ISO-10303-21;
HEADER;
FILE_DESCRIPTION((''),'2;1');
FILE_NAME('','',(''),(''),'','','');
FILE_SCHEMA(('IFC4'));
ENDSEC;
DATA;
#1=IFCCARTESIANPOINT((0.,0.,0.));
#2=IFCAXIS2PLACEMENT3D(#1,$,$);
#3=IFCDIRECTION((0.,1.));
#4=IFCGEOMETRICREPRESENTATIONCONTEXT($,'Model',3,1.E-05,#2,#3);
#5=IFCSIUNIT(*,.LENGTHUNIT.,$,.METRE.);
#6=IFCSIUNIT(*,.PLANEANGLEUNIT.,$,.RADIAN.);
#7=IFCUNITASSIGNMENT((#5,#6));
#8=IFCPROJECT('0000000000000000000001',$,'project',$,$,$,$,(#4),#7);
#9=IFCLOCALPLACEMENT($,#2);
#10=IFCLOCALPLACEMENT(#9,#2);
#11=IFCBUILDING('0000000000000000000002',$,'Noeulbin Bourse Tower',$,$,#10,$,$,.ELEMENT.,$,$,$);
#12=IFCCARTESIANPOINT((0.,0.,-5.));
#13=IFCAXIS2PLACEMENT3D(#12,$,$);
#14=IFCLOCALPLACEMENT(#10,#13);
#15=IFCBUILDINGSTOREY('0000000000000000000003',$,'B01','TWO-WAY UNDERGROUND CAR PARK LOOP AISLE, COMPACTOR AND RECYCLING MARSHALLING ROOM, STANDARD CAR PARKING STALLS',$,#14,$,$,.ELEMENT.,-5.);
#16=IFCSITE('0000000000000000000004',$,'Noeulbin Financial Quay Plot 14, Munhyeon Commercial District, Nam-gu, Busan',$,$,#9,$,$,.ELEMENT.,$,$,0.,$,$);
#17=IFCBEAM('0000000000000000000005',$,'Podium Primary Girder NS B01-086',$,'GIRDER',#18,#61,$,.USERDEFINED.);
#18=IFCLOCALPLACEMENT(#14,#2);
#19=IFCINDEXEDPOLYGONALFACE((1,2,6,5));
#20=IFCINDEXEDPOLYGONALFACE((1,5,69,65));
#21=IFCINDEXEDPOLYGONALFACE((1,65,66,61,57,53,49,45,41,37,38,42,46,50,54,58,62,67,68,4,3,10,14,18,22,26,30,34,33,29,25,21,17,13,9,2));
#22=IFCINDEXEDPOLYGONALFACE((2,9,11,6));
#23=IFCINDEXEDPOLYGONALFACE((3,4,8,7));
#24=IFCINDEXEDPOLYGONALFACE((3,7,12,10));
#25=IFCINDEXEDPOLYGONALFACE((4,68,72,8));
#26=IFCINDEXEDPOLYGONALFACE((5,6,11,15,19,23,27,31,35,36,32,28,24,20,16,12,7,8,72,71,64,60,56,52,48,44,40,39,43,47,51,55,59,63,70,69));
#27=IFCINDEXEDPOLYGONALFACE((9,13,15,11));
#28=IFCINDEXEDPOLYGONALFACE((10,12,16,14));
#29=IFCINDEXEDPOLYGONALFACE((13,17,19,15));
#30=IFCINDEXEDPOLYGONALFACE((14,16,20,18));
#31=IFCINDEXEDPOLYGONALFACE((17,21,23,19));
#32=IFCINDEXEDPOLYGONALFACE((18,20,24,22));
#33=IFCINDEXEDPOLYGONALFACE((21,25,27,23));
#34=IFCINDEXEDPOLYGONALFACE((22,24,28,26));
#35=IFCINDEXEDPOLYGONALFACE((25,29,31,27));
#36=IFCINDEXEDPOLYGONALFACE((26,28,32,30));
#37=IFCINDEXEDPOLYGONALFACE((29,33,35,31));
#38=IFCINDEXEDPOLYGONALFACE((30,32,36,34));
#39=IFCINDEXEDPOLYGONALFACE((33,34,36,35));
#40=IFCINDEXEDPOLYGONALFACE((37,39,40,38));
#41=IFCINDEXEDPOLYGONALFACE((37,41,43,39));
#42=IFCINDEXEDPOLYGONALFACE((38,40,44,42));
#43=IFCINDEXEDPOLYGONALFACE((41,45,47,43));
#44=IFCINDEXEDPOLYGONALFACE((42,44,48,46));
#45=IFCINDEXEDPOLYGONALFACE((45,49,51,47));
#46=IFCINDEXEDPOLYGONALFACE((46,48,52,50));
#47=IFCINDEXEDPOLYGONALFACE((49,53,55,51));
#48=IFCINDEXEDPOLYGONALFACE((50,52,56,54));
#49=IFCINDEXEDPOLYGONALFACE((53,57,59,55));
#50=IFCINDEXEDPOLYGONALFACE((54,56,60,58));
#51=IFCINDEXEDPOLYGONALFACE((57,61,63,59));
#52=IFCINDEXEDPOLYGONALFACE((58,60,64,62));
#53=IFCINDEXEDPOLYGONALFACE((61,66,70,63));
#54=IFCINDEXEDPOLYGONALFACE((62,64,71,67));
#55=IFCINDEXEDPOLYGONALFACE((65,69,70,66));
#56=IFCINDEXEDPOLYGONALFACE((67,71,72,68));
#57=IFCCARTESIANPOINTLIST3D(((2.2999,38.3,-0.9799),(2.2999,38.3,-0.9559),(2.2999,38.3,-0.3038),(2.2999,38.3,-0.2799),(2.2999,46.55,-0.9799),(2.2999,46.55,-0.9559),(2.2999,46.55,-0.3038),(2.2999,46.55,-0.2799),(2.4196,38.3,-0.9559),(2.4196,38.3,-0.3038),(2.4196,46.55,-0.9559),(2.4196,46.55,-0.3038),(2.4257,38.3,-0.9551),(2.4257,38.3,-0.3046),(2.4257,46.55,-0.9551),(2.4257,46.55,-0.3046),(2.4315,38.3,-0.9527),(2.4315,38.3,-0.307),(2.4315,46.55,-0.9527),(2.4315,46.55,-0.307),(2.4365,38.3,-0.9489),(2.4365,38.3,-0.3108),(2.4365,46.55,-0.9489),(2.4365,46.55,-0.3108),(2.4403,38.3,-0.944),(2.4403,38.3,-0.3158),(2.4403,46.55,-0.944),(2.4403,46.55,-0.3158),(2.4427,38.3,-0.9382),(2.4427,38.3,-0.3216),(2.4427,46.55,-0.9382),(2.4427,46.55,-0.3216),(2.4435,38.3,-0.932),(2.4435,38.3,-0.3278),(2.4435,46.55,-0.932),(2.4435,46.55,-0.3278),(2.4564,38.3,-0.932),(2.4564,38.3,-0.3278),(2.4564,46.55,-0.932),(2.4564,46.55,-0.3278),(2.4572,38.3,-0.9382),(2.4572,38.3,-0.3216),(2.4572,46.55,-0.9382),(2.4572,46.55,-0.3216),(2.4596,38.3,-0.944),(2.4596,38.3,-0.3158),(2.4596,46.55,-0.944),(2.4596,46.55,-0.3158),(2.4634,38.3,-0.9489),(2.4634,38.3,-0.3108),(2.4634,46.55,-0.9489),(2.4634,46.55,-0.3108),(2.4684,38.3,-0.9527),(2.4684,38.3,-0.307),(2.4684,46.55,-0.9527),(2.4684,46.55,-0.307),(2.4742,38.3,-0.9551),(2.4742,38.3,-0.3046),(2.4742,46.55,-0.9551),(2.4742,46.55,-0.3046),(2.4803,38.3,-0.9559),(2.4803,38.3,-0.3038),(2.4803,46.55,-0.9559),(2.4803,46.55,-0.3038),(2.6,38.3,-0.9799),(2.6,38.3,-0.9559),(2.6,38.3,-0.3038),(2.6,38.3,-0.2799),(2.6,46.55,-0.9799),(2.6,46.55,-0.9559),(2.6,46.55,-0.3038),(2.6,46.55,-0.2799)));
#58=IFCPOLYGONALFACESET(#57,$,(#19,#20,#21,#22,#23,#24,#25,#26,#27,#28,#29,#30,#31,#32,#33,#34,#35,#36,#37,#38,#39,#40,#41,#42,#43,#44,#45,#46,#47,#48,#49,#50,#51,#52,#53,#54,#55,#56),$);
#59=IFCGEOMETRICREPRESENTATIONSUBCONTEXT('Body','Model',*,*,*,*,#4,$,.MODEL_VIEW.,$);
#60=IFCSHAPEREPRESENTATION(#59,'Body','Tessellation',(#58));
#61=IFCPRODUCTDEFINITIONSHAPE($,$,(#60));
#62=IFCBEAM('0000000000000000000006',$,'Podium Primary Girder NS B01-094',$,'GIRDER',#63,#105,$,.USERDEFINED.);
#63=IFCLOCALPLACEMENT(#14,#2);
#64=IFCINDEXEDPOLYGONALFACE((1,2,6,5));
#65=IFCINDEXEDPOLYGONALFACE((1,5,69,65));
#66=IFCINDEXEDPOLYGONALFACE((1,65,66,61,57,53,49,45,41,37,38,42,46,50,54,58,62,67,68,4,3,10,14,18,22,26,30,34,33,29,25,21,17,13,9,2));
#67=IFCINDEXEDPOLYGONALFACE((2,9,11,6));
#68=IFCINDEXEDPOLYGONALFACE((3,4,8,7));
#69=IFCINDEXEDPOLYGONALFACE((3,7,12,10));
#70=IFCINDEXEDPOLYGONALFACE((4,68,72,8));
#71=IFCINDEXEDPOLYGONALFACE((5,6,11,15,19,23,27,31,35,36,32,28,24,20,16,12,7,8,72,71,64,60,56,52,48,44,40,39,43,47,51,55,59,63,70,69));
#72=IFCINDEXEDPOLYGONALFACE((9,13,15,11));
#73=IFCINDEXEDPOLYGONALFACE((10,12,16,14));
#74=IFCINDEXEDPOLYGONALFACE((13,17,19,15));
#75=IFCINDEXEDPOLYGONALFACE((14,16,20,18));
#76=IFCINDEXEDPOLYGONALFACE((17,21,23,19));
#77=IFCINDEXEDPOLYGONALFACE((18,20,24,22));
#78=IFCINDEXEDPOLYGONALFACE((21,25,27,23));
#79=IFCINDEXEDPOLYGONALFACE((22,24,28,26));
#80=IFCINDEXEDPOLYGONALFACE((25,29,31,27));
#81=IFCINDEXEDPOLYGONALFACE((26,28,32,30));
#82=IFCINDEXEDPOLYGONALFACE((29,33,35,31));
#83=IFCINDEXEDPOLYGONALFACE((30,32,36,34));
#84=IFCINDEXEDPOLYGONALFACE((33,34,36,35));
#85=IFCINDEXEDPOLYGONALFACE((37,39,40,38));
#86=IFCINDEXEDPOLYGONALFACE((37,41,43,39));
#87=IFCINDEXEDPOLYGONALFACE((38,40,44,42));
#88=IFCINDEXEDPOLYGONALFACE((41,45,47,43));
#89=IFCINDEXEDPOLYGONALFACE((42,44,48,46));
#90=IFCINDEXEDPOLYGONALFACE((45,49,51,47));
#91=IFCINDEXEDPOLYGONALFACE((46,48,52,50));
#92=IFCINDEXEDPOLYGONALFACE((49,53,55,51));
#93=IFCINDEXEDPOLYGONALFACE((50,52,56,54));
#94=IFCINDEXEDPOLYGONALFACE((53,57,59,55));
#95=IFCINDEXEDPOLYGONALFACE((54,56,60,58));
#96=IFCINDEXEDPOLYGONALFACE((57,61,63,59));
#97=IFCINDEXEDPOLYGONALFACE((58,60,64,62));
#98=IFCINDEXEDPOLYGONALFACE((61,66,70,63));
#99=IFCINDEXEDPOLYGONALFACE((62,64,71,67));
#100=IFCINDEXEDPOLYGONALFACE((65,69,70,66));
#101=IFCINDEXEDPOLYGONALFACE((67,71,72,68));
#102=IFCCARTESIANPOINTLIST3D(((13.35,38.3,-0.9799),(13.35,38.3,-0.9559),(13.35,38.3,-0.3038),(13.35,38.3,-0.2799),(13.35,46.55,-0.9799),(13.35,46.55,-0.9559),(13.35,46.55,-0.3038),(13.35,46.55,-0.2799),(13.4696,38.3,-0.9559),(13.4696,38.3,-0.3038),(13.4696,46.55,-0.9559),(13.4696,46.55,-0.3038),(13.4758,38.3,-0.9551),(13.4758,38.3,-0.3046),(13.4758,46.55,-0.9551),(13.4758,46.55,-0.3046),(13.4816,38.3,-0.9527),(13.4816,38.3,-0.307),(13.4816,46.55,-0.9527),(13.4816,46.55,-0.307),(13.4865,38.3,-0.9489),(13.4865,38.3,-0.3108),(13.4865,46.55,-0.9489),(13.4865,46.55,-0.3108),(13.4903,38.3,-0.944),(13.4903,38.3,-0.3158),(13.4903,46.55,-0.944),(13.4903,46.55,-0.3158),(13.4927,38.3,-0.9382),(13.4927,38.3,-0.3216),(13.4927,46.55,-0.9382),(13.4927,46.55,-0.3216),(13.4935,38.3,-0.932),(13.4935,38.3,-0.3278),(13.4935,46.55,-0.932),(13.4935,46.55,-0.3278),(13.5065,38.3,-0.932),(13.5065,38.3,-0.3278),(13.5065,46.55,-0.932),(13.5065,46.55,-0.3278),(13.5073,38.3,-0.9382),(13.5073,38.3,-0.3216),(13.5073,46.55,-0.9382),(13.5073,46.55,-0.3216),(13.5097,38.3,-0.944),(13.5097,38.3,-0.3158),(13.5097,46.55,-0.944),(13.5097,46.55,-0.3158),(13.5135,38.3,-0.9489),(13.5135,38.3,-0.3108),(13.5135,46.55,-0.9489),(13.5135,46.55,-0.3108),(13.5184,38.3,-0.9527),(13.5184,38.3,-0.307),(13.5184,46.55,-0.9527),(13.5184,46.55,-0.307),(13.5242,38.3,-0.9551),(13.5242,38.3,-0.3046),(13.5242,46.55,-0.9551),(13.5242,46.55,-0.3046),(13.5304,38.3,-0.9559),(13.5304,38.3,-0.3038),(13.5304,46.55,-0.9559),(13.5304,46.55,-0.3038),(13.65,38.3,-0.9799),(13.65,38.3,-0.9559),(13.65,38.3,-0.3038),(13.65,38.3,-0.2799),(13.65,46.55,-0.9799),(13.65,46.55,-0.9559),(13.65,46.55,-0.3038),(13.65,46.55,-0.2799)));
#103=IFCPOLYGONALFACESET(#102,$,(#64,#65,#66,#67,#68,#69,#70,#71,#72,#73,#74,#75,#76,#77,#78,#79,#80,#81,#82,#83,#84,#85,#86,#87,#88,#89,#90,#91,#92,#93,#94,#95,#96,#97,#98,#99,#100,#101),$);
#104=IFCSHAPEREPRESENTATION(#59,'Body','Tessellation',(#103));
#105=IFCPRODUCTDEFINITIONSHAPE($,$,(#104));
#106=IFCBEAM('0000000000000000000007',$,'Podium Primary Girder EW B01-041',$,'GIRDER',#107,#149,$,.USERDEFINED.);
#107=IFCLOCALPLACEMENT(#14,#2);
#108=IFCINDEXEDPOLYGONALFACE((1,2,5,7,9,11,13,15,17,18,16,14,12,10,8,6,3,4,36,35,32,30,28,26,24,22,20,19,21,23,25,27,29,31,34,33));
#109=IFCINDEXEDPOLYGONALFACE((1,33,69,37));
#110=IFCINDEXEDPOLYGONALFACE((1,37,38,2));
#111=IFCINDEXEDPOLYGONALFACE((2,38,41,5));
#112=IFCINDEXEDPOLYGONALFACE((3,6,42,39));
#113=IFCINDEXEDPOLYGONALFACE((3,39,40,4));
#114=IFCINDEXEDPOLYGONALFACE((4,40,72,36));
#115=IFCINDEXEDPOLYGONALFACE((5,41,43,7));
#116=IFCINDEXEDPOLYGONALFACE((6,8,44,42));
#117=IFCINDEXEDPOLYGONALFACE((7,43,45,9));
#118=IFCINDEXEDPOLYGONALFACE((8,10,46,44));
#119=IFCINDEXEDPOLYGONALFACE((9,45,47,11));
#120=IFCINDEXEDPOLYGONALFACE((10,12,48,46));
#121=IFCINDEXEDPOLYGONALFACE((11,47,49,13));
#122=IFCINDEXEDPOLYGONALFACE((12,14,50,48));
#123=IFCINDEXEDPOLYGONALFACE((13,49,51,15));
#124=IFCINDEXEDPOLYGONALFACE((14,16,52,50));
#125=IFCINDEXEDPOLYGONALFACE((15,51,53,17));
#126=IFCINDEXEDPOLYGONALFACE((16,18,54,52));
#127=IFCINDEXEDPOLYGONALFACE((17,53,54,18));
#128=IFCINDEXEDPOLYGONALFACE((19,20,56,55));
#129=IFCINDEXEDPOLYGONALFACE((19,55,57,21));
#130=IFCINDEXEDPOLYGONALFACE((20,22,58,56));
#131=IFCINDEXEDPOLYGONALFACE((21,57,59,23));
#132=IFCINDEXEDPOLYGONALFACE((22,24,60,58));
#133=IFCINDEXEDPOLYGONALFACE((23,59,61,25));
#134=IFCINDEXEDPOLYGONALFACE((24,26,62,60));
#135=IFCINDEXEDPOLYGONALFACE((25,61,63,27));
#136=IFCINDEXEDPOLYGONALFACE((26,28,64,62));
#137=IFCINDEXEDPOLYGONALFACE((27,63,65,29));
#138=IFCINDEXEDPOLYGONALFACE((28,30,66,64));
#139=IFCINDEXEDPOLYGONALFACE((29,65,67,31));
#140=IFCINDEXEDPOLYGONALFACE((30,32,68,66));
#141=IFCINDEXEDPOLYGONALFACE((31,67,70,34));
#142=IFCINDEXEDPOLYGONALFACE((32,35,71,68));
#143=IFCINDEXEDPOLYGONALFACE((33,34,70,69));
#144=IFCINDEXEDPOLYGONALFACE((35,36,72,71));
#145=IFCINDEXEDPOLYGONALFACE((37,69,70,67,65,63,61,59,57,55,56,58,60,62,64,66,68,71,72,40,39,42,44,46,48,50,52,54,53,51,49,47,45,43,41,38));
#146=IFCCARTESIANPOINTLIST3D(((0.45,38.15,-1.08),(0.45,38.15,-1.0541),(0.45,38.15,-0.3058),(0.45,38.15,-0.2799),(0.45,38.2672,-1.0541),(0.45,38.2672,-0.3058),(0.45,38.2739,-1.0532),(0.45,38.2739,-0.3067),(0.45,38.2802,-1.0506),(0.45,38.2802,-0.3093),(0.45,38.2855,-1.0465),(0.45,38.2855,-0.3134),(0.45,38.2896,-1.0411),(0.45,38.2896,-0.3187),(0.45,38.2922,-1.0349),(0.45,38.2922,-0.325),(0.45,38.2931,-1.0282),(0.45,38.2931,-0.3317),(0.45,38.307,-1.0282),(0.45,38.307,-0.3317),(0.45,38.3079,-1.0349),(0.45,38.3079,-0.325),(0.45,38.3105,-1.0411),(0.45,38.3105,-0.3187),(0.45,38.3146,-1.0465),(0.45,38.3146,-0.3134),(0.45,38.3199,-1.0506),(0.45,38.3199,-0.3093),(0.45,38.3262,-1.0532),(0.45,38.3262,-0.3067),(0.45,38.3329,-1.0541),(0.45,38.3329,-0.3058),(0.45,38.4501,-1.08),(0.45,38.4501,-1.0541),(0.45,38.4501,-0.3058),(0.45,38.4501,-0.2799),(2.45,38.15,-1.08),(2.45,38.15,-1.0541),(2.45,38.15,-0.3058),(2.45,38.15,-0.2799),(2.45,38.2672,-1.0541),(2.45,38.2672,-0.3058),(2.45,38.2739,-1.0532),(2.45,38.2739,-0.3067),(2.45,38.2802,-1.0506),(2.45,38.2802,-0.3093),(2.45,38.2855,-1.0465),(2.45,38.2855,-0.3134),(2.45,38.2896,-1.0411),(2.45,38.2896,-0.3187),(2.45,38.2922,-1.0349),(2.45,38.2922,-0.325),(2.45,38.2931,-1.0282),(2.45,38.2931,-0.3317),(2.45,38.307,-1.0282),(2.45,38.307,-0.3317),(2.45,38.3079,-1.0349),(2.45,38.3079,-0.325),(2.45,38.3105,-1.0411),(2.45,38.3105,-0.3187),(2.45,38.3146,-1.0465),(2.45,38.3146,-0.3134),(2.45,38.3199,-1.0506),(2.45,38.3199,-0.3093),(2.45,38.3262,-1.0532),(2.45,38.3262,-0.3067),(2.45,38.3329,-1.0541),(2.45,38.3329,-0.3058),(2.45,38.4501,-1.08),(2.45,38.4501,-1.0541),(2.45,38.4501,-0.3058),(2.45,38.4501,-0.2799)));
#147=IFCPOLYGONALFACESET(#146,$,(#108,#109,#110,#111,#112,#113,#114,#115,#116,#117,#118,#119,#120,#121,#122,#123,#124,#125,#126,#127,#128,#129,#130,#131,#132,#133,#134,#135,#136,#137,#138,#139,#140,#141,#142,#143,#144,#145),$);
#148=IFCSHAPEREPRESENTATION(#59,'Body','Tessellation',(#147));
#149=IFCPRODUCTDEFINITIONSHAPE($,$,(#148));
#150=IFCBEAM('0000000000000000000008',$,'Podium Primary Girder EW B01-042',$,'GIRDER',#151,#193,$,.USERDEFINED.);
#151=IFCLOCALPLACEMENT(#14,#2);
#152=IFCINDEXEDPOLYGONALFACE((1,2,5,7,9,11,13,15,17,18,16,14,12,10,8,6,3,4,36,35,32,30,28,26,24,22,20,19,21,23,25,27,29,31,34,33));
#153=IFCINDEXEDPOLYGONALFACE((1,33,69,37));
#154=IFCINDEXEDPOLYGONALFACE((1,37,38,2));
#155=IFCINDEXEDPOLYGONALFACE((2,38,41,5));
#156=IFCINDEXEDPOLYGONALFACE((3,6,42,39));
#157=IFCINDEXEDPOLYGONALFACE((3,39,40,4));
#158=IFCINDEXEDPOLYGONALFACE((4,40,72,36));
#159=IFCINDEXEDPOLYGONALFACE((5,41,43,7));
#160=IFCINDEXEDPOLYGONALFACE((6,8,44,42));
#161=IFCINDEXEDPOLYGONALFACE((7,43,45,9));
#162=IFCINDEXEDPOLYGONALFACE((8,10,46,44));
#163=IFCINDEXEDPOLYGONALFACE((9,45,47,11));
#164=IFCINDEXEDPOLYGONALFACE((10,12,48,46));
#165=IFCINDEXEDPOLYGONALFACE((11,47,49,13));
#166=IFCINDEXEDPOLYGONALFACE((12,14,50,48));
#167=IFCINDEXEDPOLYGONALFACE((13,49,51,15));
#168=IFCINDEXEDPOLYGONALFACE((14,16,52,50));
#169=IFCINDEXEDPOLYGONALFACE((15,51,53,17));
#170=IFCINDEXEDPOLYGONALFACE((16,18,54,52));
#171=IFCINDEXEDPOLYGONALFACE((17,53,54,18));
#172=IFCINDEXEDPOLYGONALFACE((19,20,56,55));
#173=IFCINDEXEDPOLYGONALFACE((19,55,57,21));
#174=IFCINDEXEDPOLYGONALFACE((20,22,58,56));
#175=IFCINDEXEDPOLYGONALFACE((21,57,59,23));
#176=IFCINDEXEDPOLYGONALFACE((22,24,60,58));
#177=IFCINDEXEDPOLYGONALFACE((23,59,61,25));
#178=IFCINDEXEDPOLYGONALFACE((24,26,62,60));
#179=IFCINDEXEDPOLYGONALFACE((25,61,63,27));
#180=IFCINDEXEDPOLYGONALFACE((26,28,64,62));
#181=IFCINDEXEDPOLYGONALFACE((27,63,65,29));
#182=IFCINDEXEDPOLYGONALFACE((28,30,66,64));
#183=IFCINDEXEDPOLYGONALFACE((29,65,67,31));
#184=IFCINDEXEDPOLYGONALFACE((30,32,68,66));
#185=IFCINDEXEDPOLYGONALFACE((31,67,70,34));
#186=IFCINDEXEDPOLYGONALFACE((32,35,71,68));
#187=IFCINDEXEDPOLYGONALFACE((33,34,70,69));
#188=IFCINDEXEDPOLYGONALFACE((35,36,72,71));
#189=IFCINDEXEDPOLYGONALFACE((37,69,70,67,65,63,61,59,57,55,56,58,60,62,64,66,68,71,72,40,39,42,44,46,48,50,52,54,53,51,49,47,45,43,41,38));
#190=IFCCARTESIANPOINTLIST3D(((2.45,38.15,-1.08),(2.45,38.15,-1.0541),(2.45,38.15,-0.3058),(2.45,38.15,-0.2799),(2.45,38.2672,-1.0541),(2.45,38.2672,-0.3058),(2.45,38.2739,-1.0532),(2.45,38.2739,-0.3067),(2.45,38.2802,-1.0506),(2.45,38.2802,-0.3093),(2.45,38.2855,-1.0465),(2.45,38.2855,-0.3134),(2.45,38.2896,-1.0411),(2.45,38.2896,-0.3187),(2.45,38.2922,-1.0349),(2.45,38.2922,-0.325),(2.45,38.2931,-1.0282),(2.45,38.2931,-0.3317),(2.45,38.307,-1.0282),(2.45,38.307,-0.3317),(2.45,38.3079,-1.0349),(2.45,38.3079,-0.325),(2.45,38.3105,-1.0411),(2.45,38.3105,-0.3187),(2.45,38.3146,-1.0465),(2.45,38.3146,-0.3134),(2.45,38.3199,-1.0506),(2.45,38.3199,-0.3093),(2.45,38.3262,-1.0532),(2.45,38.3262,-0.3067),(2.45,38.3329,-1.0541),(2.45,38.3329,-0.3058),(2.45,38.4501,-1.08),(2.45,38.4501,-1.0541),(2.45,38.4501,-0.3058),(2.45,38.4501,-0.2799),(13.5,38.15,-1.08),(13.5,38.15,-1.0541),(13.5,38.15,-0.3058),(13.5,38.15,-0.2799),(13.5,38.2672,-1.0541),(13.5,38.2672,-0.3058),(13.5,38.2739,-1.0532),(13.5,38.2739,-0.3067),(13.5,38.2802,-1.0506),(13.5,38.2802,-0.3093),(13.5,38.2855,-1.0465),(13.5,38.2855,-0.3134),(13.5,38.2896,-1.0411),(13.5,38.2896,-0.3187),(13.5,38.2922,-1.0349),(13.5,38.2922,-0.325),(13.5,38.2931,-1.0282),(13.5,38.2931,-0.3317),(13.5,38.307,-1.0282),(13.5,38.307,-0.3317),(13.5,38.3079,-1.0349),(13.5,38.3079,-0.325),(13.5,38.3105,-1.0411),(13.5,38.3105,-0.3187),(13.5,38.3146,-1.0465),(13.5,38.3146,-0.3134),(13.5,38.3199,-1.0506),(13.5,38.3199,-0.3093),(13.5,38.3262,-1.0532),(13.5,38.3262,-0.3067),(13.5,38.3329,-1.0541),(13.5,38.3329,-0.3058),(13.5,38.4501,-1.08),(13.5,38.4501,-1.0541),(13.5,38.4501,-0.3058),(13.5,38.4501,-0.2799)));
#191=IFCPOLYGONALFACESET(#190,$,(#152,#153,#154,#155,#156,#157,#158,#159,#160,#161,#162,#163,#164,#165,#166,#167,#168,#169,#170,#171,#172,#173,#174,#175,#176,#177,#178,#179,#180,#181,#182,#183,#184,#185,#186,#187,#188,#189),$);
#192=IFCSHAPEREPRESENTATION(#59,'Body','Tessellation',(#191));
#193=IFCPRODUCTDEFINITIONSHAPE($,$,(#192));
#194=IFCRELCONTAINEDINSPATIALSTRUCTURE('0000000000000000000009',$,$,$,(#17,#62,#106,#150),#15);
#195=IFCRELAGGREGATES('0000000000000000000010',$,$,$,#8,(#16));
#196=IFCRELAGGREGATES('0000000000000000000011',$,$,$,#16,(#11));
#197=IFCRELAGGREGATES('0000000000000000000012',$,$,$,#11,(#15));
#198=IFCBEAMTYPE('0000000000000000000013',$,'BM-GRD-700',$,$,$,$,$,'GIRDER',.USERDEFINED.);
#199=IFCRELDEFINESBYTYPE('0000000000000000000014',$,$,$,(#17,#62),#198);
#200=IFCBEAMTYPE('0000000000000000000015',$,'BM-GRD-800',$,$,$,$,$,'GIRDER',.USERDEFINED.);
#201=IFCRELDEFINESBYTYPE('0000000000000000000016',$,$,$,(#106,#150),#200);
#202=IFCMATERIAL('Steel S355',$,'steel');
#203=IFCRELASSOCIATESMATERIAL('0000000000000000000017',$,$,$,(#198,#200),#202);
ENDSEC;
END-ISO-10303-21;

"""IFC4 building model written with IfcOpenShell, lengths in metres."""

from ifc_helpers import new_model, si_unit, direction, frame, origin, origin_2d, place, context, subcontext, project, spatial, i_section, extrude, material, material_profile, profile_set, type_object, element, save


model = new_model("IFC4")

# Units and contexts
model_context = context("Model", 3, precision=1e-05, world=origin(), true_north=direction((0.0, 1.0)))
body_context = subcontext(model_context, "Body", "Model", "MODEL_VIEW")
ifc_project = project(units=[si_unit("LENGTHUNIT", "METRE"), si_unit("PLANEANGLEUNIT", "RADIAN")], contexts=[model_context])

# Site, building, storey
site_placement = place(None, origin())
site = spatial("IfcSite", under=ifc_project, at=site_placement, Name="Noeulbin Financial Quay Plot 14, Munhyeon Commercial District, Nam-gu, Busan", CompositionType="ELEMENT", RefElevation=0.0)
building_placement = place(site_placement, origin())
building = spatial("IfcBuilding", under=site, at=building_placement, Name="Noeulbin Bourse Tower", CompositionType="ELEMENT")
storey_placement = place(building_placement, frame((0.0, 0.0, -5.0)))
storey = spatial("IfcBuildingStorey", under=building, at=storey_placement, Name="B01", Description="TWO-WAY UNDERGROUND CAR PARK LOOP AISLE, COMPACTOR AND RECYCLING MARSHALLING ROOM, STANDARD CAR PARKING STALLS", CompositionType="ELEMENT", Elevation=-5.0)

# Beams
ifc_material_1 = material(Name="Steel S355", Category="steel")
ifc_material_profile_1 = material_profile(ifc_material_1, i_section(OverallWidth=0.3, OverallDepth=0.7, WebThickness=0.0129, FlangeThickness=0.0239, FilletRadius=0.0239, at=origin_2d()), Name="H-700x300x13x24", Category="LoadBearing")
ifc_profile_set_1 = profile_set([ifc_material_profile_1], Name="Steel S355")
beam_type_1 = type_object("IfcBeamType", Name="BM-GRD-700", ElementType="GIRDER", PredefinedType="USERDEFINED", material=ifc_profile_set_1)
for number, where, z_axis, x_axis, name in (
    (1, (2.45, 38.3, -0.6299), (0.0, 1.0, 0.0), (-1.0, 0.0, 0.0), "Podium Primary Girder NS B01-086"),
    (2, (13.5, 38.3, -0.6299), (0.0, 1.0, 0.0), (-1.0, 0.0, 0.0), "Podium Primary Girder NS B01-094"),
):
    element("IfcBeam", number, at=place(storey_placement, frame(where, z_axis=z_axis, x_axis=x_axis)), inside=storey, type_object=beam_type_1, Name=name, ObjectType="GIRDER", PredefinedType="USERDEFINED", context=body_context, shape_type="SweptSolid", body=[
        extrude(i_section(OverallWidth=0.3, OverallDepth=0.7, WebThickness=0.0129, FlangeThickness=0.0239, FilletRadius=0.0239, at=origin_2d()), origin(), (0.0, 0.0, 1.0), 8.25),
    ])
ifc_material_profile_2 = material_profile(ifc_material_1, i_section(OverallWidth=0.3, OverallDepth=0.8, WebThickness=0.0139, FlangeThickness=0.0259, FilletRadius=0.0259, at=origin_2d()), Name="H-800x300x14x26", Category="LoadBearing")
ifc_profile_set_2 = profile_set([ifc_material_profile_2], Name="Steel S355")
beam_type_2 = type_object("IfcBeamType", Name="BM-GRD-800", ElementType="GIRDER", PredefinedType="USERDEFINED", material=ifc_profile_set_2)
beam_1_placement = place(storey_placement, frame((0.45, 38.3, -0.6799), z_axis=(1.0, 0.0, 0.0), x_axis=(0.0, 1.0, 0.0)))
element("IfcBeam", 3, at=beam_1_placement, inside=storey, type_object=beam_type_2, Name="Podium Primary Girder EW B01-041", ObjectType="GIRDER", PredefinedType="USERDEFINED", context=body_context, shape_type="SweptSolid", body=[
    extrude(i_section(OverallWidth=0.3, OverallDepth=0.8, WebThickness=0.0139, FlangeThickness=0.0259, FilletRadius=0.0259, at=origin_2d()), origin(), (0.0, 0.0, 1.0), 2.0),
])
beam_2_placement = place(storey_placement, frame((2.45, 38.3, -0.6799), z_axis=(1.0, 0.0, 0.0), x_axis=(0.0, 1.0, 0.0)))
element("IfcBeam", 4, at=beam_2_placement, inside=storey, type_object=beam_type_2, Name="Podium Primary Girder EW B01-042", ObjectType="GIRDER", PredefinedType="USERDEFINED", context=body_context, shape_type="SweptSolid", body=[
    extrude(i_section(OverallWidth=0.3, OverallDepth=0.8, WebThickness=0.0139, FlangeThickness=0.0259, FilletRadius=0.0259, at=origin_2d()), origin(), (0.0, 0.0, 1.0), 11.05),
])

save(model, "model.ifc")
